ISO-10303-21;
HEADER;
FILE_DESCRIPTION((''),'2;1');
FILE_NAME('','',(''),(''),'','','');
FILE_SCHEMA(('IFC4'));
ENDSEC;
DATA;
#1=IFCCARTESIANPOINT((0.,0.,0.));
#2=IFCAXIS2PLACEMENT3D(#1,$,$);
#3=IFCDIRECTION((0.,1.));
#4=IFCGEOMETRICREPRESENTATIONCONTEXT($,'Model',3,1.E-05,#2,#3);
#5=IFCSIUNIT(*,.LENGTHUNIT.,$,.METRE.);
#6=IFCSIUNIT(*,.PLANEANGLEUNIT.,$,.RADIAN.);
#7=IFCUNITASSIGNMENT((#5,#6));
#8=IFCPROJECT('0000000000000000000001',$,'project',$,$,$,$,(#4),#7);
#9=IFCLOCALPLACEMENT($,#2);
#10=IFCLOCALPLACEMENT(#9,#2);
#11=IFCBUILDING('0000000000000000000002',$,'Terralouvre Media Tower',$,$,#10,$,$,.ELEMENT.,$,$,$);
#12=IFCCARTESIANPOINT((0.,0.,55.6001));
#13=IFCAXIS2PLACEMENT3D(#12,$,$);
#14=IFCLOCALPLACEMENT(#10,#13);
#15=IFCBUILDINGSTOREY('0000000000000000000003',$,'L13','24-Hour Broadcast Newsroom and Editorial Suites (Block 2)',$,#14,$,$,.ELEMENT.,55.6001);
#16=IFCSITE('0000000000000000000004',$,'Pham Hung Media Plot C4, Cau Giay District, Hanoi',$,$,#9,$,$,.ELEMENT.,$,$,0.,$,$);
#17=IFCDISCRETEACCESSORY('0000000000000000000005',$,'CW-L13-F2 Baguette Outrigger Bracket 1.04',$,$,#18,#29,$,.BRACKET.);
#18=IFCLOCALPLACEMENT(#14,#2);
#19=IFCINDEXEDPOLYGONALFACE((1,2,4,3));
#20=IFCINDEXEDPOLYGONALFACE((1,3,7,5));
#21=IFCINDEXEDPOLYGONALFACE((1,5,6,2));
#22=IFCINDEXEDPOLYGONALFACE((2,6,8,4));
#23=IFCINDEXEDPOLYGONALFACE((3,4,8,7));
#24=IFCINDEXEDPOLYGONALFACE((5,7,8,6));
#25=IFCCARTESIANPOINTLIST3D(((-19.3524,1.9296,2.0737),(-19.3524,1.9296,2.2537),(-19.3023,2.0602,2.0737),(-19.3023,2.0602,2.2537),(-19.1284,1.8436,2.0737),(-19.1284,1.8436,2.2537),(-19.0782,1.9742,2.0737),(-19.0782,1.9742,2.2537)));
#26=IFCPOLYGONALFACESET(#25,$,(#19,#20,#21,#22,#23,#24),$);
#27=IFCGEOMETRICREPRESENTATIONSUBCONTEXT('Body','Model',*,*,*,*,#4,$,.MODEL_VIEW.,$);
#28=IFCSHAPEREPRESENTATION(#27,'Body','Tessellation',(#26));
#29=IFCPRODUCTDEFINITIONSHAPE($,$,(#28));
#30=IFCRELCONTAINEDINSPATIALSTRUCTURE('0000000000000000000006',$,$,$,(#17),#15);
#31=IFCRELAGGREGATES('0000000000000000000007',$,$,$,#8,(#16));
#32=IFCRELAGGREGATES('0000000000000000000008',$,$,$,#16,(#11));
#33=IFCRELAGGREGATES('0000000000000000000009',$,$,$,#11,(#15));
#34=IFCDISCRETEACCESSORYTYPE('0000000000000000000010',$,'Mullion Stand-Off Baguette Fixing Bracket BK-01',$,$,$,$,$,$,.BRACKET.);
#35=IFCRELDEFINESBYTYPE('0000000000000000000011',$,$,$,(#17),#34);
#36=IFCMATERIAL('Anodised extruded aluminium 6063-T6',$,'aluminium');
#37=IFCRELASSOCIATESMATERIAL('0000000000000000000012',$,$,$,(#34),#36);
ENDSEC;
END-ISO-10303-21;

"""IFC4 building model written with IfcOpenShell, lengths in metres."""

from ifc_helpers import new_model, si_unit, direction, frame, origin, origin_2d, place, context, subcontext, project, spatial, rectangle, extrude, material, type_object, element, save


model = new_model("IFC4")

# Units and contexts
model_context = context("Model", 3, precision=1e-05, world=origin(), true_north=direction((0.0, 1.0)))
body_context = subcontext(model_context, "Body", "Model", "MODEL_VIEW")
ifc_project = project(units=[si_unit("LENGTHUNIT", "METRE"), si_unit("PLANEANGLEUNIT", "RADIAN")], contexts=[model_context])

# Site, building, storey
site_placement = place(None, origin())
site = spatial("IfcSite", under=ifc_project, at=site_placement, Name="Pham Hung Media Plot C4, Cau Giay District, Hanoi", CompositionType="ELEMENT", RefElevation=0.0)
building_placement = place(site_placement, origin())
building = spatial("IfcBuilding", under=site, at=building_placement, Name="Terralouvre Media Tower", CompositionType="ELEMENT")
storey_placement = place(building_placement, frame((0.0, 0.0, 55.6001)))
storey = spatial("IfcBuildingStorey", under=building, at=storey_placement, Name="L13", Description="24-Hour Broadcast Newsroom and Editorial Suites (Block 2)", CompositionType="ELEMENT", Elevation=55.6001)

# Discrete accessory
ifc_material_1 = material(Name="Anodised extruded aluminium 6063-T6", Category="aluminium")
discrete_accessory_type = type_object("IfcDiscreteAccessoryType", Name="Mullion Stand-Off Baguette Fixing Bracket BK-01", PredefinedType="BRACKET", material=ifc_material_1)
discrete_accessory_placement = place(storey_placement, frame((-19.2153, 1.9519, 2.0737), z_axis=(0.0, 0.0, 1.0), x_axis=(-0.358368, -0.93358, 0.0)))
element("IfcDiscreteAccessory", 1, at=discrete_accessory_placement, inside=storey, type_object=discrete_accessory_type, Name="CW-L13-F2 Baguette Outrigger Bracket 1.04", PredefinedType="BRACKET", context=body_context, shape_type="SweptSolid", body=[
    extrude(rectangle(XDim=0.1399, YDim=0.24, at=origin_2d()), origin(), (0.0, 0.0, 1.0), 0.1799),
])

save(model, "model.ifc")
